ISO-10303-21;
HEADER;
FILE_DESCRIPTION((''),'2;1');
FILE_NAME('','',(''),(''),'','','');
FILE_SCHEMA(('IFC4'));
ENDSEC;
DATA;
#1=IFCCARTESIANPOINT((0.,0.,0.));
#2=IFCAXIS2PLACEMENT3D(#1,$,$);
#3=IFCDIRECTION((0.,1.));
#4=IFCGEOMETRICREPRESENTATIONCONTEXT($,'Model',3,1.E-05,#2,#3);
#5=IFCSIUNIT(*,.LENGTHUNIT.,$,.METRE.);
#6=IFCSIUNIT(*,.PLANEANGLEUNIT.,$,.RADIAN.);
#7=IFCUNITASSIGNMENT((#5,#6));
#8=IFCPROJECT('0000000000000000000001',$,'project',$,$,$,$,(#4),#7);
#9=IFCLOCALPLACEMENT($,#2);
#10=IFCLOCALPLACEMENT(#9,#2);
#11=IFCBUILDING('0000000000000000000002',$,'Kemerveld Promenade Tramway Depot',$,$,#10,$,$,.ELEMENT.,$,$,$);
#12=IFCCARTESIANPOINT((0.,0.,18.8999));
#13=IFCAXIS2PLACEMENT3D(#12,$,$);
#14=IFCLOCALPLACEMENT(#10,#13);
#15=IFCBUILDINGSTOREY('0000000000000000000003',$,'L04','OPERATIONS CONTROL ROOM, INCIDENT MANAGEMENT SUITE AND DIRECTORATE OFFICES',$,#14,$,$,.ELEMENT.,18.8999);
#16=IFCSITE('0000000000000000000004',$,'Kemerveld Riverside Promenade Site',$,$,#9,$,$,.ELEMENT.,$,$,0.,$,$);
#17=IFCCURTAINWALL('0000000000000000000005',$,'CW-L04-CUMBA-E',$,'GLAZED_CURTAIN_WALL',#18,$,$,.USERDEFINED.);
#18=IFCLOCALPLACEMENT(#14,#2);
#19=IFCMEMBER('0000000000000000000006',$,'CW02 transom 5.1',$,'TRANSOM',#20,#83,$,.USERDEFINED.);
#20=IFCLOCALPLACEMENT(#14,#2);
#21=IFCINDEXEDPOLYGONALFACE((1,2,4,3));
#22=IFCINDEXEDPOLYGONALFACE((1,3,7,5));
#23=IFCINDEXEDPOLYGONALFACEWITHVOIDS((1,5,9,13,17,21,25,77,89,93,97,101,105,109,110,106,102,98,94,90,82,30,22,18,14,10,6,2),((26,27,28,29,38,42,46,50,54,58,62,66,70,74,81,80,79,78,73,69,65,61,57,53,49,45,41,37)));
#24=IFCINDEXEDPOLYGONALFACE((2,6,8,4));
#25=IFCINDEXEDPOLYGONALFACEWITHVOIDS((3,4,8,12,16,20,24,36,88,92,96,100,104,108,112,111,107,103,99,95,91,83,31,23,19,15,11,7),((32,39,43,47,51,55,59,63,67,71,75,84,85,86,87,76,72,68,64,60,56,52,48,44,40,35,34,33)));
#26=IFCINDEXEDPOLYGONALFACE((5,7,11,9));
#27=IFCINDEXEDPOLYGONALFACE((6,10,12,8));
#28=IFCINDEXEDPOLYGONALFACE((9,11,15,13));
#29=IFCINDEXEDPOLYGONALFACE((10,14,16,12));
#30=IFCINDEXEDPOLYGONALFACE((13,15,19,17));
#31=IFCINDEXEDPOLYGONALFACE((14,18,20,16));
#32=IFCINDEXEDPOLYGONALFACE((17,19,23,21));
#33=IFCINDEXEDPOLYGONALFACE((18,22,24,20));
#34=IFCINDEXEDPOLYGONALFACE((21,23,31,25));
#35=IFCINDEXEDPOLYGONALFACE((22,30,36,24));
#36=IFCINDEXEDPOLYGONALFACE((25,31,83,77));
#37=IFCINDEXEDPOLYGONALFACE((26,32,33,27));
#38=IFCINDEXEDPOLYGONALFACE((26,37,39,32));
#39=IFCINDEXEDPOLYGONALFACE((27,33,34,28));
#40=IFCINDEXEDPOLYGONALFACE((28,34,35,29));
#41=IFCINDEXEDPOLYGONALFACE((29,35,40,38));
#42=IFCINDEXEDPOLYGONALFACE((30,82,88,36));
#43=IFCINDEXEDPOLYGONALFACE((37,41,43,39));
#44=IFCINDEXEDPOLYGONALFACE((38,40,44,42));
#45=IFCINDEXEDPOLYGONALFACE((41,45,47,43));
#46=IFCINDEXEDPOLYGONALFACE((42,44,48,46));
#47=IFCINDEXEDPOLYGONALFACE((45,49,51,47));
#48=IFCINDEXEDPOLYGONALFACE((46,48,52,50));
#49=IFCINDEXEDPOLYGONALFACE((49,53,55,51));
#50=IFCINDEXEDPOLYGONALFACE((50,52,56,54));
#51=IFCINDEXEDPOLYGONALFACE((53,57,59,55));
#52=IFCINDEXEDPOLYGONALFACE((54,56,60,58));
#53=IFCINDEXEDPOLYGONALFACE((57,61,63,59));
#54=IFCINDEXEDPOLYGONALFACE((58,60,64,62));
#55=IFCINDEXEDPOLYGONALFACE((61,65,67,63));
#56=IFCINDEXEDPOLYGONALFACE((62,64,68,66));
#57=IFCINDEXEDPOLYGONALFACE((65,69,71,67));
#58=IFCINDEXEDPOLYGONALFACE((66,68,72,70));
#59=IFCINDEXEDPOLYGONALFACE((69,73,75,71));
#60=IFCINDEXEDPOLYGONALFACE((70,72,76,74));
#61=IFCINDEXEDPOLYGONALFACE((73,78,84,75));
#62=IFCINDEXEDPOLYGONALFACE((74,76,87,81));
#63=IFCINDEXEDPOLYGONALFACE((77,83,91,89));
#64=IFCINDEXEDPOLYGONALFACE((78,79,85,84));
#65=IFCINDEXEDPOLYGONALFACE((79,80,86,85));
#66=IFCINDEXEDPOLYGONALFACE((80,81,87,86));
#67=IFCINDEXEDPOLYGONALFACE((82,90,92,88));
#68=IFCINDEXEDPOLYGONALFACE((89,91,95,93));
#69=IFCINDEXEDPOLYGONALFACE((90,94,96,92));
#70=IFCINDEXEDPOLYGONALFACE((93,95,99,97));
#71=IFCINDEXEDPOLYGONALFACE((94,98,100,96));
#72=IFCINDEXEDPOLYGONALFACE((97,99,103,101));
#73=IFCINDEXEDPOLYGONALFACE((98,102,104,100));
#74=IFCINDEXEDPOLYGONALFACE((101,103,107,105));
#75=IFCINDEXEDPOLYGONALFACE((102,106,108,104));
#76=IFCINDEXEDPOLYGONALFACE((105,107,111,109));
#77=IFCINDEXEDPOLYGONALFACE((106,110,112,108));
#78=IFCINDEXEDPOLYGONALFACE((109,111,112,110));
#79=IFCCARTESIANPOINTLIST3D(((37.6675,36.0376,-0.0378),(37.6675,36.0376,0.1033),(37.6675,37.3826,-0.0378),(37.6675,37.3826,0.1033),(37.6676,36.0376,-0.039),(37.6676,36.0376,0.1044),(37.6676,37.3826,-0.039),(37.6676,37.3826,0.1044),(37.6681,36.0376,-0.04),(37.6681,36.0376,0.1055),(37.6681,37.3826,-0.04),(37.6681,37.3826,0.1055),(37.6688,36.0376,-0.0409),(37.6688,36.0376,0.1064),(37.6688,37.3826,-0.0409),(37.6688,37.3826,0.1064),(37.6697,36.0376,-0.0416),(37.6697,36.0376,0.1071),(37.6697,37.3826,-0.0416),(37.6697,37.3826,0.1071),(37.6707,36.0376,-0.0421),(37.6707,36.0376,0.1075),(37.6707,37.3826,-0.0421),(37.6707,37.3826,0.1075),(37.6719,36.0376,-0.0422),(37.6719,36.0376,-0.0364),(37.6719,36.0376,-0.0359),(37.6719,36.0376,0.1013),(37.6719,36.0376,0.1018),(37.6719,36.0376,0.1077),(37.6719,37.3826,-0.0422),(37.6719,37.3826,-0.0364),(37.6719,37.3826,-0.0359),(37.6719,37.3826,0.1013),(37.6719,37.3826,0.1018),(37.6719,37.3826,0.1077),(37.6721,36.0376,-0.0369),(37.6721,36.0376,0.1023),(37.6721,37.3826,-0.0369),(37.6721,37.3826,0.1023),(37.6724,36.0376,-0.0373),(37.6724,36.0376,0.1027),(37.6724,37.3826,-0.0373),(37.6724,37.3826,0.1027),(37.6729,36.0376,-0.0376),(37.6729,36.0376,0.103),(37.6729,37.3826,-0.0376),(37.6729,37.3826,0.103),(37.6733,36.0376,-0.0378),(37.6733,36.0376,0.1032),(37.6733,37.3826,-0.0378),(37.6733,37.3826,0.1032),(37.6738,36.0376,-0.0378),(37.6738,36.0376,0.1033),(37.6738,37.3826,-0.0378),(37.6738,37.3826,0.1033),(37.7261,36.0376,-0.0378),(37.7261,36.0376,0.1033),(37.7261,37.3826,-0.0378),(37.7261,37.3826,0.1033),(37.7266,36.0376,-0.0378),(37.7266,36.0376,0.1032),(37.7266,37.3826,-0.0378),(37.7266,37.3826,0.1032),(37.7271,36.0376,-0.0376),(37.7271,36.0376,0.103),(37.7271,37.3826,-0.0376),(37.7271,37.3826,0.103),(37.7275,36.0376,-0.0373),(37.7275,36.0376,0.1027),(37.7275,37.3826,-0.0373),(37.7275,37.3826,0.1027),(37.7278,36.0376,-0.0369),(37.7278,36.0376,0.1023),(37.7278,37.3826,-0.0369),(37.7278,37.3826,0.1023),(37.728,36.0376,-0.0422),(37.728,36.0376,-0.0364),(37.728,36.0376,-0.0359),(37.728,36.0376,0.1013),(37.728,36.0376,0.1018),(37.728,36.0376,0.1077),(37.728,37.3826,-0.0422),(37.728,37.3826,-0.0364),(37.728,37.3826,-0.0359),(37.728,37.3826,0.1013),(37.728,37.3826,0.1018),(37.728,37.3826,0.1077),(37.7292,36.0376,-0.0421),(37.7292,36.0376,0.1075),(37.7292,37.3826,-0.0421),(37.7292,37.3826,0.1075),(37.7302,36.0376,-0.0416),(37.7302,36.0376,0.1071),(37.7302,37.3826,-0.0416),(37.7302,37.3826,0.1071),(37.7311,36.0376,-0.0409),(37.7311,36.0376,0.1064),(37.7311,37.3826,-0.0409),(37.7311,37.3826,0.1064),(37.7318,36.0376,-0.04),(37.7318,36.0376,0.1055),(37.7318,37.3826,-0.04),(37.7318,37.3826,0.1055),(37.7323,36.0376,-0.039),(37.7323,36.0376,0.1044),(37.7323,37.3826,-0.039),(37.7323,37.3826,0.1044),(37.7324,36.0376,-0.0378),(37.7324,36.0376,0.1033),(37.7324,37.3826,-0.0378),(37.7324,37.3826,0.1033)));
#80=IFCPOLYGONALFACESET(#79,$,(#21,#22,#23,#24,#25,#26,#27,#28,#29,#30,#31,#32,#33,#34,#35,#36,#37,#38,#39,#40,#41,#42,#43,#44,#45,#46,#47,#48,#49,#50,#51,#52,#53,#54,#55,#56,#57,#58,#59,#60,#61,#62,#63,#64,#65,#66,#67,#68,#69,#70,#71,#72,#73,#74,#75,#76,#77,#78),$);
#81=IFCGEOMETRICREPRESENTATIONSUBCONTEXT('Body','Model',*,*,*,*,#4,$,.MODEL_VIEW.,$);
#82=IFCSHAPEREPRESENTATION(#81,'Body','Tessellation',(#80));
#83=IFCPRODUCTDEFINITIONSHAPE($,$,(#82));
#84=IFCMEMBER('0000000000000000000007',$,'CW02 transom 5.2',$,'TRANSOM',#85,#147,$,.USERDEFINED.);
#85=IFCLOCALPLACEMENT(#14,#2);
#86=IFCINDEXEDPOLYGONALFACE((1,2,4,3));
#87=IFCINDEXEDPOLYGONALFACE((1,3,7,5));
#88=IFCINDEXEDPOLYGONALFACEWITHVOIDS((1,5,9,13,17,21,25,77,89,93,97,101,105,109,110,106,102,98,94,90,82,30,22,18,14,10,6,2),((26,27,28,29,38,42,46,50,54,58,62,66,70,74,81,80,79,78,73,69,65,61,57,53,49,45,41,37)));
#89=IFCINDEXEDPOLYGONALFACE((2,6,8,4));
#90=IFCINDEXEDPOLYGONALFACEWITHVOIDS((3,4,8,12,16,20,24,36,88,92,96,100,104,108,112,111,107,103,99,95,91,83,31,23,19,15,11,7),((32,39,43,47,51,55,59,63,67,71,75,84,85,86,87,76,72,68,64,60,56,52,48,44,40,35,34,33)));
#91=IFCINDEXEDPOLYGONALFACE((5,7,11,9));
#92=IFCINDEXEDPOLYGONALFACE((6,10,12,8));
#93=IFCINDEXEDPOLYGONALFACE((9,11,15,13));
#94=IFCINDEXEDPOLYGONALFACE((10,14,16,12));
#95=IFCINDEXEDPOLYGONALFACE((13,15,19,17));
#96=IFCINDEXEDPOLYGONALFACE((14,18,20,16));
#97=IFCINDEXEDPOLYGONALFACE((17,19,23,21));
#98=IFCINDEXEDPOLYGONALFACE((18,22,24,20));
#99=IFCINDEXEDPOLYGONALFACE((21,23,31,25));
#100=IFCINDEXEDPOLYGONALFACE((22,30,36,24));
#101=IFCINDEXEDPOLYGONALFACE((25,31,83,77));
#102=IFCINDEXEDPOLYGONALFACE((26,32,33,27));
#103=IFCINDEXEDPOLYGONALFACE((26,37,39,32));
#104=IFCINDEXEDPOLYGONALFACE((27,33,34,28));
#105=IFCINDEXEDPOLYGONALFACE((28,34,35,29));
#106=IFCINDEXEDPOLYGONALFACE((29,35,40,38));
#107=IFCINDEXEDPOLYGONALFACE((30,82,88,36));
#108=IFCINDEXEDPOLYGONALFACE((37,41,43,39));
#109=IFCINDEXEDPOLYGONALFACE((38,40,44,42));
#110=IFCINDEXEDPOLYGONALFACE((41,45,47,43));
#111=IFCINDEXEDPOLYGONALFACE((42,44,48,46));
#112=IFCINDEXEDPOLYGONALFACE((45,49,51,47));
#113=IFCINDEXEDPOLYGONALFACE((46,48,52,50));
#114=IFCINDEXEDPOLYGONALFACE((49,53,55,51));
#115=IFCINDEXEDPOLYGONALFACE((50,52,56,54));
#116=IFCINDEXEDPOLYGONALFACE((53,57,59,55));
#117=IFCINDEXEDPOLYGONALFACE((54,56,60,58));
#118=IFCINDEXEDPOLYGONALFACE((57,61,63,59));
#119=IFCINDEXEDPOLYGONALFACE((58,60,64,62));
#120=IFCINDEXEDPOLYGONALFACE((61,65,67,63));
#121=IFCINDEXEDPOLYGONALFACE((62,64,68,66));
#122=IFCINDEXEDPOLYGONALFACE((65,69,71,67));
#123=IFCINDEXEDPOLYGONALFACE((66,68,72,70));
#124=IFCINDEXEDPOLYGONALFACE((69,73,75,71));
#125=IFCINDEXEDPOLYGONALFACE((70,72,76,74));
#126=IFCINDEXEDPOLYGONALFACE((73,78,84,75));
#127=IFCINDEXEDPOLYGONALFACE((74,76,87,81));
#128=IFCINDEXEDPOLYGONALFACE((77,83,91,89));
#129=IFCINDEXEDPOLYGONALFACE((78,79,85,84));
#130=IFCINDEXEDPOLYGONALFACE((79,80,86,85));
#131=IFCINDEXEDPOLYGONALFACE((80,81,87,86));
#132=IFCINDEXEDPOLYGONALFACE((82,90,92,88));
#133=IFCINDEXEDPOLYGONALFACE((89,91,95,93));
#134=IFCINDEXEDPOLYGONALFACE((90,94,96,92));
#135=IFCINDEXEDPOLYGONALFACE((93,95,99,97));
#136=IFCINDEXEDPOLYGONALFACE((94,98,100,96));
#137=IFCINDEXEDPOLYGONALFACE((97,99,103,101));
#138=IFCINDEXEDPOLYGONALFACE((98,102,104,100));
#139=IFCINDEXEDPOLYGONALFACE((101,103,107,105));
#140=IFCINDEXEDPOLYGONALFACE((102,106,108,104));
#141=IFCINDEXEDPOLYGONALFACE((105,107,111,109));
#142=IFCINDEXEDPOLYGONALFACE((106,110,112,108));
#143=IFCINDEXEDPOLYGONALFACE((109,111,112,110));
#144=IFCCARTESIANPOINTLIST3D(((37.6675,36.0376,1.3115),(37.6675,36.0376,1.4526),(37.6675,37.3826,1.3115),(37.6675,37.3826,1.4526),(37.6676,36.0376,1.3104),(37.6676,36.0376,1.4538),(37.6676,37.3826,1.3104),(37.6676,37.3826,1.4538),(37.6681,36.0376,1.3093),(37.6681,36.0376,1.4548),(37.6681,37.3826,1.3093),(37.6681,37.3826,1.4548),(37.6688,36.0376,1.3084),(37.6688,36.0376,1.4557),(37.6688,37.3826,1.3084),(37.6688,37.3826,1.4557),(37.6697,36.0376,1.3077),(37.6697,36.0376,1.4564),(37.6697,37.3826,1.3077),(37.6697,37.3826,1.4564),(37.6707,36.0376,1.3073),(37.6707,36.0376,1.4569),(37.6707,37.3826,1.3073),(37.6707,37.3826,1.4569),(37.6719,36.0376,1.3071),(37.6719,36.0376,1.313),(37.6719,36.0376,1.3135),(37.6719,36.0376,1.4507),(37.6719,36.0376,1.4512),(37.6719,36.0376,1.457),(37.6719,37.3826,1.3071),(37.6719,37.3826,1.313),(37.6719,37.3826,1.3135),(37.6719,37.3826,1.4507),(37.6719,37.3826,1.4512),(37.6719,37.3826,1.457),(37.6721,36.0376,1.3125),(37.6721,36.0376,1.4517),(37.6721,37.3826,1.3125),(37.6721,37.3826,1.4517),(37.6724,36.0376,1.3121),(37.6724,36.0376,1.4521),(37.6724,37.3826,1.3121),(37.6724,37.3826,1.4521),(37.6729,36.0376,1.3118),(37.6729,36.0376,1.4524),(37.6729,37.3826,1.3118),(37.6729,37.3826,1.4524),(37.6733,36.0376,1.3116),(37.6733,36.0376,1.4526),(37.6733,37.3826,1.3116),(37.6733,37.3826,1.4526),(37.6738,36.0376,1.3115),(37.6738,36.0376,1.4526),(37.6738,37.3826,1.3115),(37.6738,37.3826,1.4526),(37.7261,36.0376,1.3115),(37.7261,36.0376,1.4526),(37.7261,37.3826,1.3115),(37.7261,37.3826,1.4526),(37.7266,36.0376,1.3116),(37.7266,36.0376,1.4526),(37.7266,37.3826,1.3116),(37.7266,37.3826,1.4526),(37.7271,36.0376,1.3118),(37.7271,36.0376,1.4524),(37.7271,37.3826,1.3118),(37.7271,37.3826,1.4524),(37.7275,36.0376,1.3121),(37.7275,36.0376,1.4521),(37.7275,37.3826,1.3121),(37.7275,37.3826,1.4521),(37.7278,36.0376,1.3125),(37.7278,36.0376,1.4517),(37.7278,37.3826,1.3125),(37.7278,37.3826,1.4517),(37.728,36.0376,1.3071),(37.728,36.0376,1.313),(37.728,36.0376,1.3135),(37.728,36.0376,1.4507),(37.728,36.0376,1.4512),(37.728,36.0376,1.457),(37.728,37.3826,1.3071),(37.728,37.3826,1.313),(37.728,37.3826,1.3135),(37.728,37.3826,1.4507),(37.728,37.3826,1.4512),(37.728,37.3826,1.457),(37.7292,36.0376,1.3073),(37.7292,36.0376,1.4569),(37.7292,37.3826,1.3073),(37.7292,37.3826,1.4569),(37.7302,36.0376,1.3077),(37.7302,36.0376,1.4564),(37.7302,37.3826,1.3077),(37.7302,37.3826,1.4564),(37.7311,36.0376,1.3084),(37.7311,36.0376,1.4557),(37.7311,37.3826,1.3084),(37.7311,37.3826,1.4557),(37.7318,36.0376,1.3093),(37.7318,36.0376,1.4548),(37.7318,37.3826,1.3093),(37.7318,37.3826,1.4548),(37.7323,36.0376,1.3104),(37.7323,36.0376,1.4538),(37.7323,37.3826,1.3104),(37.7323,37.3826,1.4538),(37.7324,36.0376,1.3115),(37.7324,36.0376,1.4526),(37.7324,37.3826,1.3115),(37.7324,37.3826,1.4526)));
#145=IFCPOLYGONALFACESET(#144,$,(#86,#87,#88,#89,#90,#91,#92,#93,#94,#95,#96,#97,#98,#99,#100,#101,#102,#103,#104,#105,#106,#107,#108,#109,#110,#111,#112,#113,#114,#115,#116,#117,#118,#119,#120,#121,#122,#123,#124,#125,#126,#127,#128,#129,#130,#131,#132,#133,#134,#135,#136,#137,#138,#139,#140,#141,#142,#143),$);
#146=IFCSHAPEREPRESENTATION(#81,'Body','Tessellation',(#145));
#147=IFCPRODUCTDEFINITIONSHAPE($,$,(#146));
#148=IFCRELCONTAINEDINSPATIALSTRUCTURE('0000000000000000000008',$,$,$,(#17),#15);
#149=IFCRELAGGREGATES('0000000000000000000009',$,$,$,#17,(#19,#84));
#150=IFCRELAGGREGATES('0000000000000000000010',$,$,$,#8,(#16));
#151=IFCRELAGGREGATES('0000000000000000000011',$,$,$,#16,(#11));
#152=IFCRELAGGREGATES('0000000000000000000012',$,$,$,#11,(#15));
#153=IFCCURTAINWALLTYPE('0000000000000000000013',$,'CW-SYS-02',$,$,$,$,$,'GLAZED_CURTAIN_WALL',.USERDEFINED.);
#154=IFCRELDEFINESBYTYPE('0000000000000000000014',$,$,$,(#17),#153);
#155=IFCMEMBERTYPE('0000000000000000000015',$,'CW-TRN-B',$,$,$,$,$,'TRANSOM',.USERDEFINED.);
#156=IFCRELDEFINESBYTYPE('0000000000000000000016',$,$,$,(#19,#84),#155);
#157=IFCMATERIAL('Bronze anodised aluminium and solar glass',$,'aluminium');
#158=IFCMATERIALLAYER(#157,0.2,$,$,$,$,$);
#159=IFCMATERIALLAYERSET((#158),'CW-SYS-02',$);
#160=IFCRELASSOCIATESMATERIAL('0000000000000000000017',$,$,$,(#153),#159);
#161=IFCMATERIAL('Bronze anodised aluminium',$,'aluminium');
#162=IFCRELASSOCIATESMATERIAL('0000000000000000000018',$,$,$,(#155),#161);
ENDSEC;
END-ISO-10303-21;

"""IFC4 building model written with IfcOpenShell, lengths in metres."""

from ifc_helpers import new_model, si_unit, direction, frame, origin, origin_2d, place, context, subcontext, project, spatial, hollow_rectangle, extrude, material, layer, layer_set, material_profile, profile_set, type_object, element, aggregate, save


model = new_model("IFC4")

# Units and contexts
model_context = context("Model", 3, precision=1e-05, world=origin(), true_north=direction((0.0, 1.0)))
body_context = subcontext(model_context, "Body", "Model", "MODEL_VIEW")
ifc_project = project(units=[si_unit("LENGTHUNIT", "METRE"), si_unit("PLANEANGLEUNIT", "RADIAN")], contexts=[model_context])

# Site, building, storey
site_placement = place(None, origin())
site = spatial("IfcSite", under=ifc_project, at=site_placement, Name="Kemerveld Riverside Promenade Site", CompositionType="ELEMENT", RefElevation=0.0)
building_placement = place(site_placement, origin())
building = spatial("IfcBuilding", under=site, at=building_placement, Name="Kemerveld Promenade Tramway Depot", CompositionType="ELEMENT")
storey_placement = place(building_placement, frame((0.0, 0.0, 18.8999)))
storey = spatial("IfcBuildingStorey", under=building, at=storey_placement, Name="L04", Description="OPERATIONS CONTROL ROOM, INCIDENT MANAGEMENT SUITE AND DIRECTORATE OFFICES", CompositionType="ELEMENT", Elevation=18.8999)

# Shared definitions
ifc_material_1 = material(Name="Bronze anodised aluminium and solar glass", Category="aluminium")
ifc_material_2 = material(Name="Bronze anodised aluminium", Category="aluminium")

# Curtain wall
ifc_layer_1 = layer(ifc_material_1, 0.2)
ifc_layer_set_1 = layer_set([ifc_layer_1], Name="CW-SYS-02")
curtain_wall_type_1 = type_object("IfcCurtainWallType", Name="CW-SYS-02", ElementType="GLAZED_CURTAIN_WALL", PredefinedType="USERDEFINED", material=ifc_layer_set_1)
curtain_wall_1_placement = place(storey_placement, origin())
curtain_wall_1 = element("IfcCurtainWall", 1, at=curtain_wall_1_placement, inside=storey, type_object=curtain_wall_type_1, Name="CW-L04-CUMBA-E", ObjectType="GLAZED_CURTAIN_WALL", PredefinedType="USERDEFINED")

# Members
ifc_material_profile_1 = material_profile(ifc_material_2, hollow_rectangle(XDim=0.0649, YDim=0.1499, WallThickness=0.0044, InnerFilletRadius=0.002, OuterFilletRadius=0.0044, at=origin_2d()), Name="CW-TRN-150x65")
ifc_profile_set_1 = profile_set([ifc_material_profile_1], Name="Bronze anodised aluminium")
member_type_1 = type_object("IfcMemberType", Name="CW-TRN-B", ElementType="TRANSOM", PredefinedType="USERDEFINED", material=ifc_profile_set_1)
member_1_placement = place(storey_placement, frame((37.7, 37.3826, 0.0327), z_axis=(0.0, -1.0, 0.0), x_axis=(1.0, 0.0, 0.0)))
member_1 = element("IfcMember", 2, at=member_1_placement, type_object=member_type_1, Name="CW02 transom 5.1", ObjectType="TRANSOM", PredefinedType="USERDEFINED", context=body_context, shape_type="SweptSolid", body=[
    extrude(hollow_rectangle(XDim=0.0649, YDim=0.1499, WallThickness=0.0044, InnerFilletRadius=0.002, OuterFilletRadius=0.0044, at=origin_2d()), origin(), (0.0, 0.0, 1.0), 1.345),
])
member_2_placement = place(storey_placement, frame((37.7, 37.3826, 1.3821), z_axis=(0.0, -1.0, 0.0), x_axis=(1.0, 0.0, 0.0)))
member_2 = element("IfcMember", 3, at=member_2_placement, type_object=member_type_1, Name="CW02 transom 5.2", ObjectType="TRANSOM", PredefinedType="USERDEFINED", context=body_context, shape_type="SweptSolid", body=[
    extrude(hollow_rectangle(XDim=0.0649, YDim=0.1499, WallThickness=0.0044, InnerFilletRadius=0.002, OuterFilletRadius=0.0044, at=origin_2d()), origin(), (0.0, 0.0, 1.0), 1.345),
])

aggregate(curtain_wall_1, [member_1, member_2])

save(model, "model.ifc")
